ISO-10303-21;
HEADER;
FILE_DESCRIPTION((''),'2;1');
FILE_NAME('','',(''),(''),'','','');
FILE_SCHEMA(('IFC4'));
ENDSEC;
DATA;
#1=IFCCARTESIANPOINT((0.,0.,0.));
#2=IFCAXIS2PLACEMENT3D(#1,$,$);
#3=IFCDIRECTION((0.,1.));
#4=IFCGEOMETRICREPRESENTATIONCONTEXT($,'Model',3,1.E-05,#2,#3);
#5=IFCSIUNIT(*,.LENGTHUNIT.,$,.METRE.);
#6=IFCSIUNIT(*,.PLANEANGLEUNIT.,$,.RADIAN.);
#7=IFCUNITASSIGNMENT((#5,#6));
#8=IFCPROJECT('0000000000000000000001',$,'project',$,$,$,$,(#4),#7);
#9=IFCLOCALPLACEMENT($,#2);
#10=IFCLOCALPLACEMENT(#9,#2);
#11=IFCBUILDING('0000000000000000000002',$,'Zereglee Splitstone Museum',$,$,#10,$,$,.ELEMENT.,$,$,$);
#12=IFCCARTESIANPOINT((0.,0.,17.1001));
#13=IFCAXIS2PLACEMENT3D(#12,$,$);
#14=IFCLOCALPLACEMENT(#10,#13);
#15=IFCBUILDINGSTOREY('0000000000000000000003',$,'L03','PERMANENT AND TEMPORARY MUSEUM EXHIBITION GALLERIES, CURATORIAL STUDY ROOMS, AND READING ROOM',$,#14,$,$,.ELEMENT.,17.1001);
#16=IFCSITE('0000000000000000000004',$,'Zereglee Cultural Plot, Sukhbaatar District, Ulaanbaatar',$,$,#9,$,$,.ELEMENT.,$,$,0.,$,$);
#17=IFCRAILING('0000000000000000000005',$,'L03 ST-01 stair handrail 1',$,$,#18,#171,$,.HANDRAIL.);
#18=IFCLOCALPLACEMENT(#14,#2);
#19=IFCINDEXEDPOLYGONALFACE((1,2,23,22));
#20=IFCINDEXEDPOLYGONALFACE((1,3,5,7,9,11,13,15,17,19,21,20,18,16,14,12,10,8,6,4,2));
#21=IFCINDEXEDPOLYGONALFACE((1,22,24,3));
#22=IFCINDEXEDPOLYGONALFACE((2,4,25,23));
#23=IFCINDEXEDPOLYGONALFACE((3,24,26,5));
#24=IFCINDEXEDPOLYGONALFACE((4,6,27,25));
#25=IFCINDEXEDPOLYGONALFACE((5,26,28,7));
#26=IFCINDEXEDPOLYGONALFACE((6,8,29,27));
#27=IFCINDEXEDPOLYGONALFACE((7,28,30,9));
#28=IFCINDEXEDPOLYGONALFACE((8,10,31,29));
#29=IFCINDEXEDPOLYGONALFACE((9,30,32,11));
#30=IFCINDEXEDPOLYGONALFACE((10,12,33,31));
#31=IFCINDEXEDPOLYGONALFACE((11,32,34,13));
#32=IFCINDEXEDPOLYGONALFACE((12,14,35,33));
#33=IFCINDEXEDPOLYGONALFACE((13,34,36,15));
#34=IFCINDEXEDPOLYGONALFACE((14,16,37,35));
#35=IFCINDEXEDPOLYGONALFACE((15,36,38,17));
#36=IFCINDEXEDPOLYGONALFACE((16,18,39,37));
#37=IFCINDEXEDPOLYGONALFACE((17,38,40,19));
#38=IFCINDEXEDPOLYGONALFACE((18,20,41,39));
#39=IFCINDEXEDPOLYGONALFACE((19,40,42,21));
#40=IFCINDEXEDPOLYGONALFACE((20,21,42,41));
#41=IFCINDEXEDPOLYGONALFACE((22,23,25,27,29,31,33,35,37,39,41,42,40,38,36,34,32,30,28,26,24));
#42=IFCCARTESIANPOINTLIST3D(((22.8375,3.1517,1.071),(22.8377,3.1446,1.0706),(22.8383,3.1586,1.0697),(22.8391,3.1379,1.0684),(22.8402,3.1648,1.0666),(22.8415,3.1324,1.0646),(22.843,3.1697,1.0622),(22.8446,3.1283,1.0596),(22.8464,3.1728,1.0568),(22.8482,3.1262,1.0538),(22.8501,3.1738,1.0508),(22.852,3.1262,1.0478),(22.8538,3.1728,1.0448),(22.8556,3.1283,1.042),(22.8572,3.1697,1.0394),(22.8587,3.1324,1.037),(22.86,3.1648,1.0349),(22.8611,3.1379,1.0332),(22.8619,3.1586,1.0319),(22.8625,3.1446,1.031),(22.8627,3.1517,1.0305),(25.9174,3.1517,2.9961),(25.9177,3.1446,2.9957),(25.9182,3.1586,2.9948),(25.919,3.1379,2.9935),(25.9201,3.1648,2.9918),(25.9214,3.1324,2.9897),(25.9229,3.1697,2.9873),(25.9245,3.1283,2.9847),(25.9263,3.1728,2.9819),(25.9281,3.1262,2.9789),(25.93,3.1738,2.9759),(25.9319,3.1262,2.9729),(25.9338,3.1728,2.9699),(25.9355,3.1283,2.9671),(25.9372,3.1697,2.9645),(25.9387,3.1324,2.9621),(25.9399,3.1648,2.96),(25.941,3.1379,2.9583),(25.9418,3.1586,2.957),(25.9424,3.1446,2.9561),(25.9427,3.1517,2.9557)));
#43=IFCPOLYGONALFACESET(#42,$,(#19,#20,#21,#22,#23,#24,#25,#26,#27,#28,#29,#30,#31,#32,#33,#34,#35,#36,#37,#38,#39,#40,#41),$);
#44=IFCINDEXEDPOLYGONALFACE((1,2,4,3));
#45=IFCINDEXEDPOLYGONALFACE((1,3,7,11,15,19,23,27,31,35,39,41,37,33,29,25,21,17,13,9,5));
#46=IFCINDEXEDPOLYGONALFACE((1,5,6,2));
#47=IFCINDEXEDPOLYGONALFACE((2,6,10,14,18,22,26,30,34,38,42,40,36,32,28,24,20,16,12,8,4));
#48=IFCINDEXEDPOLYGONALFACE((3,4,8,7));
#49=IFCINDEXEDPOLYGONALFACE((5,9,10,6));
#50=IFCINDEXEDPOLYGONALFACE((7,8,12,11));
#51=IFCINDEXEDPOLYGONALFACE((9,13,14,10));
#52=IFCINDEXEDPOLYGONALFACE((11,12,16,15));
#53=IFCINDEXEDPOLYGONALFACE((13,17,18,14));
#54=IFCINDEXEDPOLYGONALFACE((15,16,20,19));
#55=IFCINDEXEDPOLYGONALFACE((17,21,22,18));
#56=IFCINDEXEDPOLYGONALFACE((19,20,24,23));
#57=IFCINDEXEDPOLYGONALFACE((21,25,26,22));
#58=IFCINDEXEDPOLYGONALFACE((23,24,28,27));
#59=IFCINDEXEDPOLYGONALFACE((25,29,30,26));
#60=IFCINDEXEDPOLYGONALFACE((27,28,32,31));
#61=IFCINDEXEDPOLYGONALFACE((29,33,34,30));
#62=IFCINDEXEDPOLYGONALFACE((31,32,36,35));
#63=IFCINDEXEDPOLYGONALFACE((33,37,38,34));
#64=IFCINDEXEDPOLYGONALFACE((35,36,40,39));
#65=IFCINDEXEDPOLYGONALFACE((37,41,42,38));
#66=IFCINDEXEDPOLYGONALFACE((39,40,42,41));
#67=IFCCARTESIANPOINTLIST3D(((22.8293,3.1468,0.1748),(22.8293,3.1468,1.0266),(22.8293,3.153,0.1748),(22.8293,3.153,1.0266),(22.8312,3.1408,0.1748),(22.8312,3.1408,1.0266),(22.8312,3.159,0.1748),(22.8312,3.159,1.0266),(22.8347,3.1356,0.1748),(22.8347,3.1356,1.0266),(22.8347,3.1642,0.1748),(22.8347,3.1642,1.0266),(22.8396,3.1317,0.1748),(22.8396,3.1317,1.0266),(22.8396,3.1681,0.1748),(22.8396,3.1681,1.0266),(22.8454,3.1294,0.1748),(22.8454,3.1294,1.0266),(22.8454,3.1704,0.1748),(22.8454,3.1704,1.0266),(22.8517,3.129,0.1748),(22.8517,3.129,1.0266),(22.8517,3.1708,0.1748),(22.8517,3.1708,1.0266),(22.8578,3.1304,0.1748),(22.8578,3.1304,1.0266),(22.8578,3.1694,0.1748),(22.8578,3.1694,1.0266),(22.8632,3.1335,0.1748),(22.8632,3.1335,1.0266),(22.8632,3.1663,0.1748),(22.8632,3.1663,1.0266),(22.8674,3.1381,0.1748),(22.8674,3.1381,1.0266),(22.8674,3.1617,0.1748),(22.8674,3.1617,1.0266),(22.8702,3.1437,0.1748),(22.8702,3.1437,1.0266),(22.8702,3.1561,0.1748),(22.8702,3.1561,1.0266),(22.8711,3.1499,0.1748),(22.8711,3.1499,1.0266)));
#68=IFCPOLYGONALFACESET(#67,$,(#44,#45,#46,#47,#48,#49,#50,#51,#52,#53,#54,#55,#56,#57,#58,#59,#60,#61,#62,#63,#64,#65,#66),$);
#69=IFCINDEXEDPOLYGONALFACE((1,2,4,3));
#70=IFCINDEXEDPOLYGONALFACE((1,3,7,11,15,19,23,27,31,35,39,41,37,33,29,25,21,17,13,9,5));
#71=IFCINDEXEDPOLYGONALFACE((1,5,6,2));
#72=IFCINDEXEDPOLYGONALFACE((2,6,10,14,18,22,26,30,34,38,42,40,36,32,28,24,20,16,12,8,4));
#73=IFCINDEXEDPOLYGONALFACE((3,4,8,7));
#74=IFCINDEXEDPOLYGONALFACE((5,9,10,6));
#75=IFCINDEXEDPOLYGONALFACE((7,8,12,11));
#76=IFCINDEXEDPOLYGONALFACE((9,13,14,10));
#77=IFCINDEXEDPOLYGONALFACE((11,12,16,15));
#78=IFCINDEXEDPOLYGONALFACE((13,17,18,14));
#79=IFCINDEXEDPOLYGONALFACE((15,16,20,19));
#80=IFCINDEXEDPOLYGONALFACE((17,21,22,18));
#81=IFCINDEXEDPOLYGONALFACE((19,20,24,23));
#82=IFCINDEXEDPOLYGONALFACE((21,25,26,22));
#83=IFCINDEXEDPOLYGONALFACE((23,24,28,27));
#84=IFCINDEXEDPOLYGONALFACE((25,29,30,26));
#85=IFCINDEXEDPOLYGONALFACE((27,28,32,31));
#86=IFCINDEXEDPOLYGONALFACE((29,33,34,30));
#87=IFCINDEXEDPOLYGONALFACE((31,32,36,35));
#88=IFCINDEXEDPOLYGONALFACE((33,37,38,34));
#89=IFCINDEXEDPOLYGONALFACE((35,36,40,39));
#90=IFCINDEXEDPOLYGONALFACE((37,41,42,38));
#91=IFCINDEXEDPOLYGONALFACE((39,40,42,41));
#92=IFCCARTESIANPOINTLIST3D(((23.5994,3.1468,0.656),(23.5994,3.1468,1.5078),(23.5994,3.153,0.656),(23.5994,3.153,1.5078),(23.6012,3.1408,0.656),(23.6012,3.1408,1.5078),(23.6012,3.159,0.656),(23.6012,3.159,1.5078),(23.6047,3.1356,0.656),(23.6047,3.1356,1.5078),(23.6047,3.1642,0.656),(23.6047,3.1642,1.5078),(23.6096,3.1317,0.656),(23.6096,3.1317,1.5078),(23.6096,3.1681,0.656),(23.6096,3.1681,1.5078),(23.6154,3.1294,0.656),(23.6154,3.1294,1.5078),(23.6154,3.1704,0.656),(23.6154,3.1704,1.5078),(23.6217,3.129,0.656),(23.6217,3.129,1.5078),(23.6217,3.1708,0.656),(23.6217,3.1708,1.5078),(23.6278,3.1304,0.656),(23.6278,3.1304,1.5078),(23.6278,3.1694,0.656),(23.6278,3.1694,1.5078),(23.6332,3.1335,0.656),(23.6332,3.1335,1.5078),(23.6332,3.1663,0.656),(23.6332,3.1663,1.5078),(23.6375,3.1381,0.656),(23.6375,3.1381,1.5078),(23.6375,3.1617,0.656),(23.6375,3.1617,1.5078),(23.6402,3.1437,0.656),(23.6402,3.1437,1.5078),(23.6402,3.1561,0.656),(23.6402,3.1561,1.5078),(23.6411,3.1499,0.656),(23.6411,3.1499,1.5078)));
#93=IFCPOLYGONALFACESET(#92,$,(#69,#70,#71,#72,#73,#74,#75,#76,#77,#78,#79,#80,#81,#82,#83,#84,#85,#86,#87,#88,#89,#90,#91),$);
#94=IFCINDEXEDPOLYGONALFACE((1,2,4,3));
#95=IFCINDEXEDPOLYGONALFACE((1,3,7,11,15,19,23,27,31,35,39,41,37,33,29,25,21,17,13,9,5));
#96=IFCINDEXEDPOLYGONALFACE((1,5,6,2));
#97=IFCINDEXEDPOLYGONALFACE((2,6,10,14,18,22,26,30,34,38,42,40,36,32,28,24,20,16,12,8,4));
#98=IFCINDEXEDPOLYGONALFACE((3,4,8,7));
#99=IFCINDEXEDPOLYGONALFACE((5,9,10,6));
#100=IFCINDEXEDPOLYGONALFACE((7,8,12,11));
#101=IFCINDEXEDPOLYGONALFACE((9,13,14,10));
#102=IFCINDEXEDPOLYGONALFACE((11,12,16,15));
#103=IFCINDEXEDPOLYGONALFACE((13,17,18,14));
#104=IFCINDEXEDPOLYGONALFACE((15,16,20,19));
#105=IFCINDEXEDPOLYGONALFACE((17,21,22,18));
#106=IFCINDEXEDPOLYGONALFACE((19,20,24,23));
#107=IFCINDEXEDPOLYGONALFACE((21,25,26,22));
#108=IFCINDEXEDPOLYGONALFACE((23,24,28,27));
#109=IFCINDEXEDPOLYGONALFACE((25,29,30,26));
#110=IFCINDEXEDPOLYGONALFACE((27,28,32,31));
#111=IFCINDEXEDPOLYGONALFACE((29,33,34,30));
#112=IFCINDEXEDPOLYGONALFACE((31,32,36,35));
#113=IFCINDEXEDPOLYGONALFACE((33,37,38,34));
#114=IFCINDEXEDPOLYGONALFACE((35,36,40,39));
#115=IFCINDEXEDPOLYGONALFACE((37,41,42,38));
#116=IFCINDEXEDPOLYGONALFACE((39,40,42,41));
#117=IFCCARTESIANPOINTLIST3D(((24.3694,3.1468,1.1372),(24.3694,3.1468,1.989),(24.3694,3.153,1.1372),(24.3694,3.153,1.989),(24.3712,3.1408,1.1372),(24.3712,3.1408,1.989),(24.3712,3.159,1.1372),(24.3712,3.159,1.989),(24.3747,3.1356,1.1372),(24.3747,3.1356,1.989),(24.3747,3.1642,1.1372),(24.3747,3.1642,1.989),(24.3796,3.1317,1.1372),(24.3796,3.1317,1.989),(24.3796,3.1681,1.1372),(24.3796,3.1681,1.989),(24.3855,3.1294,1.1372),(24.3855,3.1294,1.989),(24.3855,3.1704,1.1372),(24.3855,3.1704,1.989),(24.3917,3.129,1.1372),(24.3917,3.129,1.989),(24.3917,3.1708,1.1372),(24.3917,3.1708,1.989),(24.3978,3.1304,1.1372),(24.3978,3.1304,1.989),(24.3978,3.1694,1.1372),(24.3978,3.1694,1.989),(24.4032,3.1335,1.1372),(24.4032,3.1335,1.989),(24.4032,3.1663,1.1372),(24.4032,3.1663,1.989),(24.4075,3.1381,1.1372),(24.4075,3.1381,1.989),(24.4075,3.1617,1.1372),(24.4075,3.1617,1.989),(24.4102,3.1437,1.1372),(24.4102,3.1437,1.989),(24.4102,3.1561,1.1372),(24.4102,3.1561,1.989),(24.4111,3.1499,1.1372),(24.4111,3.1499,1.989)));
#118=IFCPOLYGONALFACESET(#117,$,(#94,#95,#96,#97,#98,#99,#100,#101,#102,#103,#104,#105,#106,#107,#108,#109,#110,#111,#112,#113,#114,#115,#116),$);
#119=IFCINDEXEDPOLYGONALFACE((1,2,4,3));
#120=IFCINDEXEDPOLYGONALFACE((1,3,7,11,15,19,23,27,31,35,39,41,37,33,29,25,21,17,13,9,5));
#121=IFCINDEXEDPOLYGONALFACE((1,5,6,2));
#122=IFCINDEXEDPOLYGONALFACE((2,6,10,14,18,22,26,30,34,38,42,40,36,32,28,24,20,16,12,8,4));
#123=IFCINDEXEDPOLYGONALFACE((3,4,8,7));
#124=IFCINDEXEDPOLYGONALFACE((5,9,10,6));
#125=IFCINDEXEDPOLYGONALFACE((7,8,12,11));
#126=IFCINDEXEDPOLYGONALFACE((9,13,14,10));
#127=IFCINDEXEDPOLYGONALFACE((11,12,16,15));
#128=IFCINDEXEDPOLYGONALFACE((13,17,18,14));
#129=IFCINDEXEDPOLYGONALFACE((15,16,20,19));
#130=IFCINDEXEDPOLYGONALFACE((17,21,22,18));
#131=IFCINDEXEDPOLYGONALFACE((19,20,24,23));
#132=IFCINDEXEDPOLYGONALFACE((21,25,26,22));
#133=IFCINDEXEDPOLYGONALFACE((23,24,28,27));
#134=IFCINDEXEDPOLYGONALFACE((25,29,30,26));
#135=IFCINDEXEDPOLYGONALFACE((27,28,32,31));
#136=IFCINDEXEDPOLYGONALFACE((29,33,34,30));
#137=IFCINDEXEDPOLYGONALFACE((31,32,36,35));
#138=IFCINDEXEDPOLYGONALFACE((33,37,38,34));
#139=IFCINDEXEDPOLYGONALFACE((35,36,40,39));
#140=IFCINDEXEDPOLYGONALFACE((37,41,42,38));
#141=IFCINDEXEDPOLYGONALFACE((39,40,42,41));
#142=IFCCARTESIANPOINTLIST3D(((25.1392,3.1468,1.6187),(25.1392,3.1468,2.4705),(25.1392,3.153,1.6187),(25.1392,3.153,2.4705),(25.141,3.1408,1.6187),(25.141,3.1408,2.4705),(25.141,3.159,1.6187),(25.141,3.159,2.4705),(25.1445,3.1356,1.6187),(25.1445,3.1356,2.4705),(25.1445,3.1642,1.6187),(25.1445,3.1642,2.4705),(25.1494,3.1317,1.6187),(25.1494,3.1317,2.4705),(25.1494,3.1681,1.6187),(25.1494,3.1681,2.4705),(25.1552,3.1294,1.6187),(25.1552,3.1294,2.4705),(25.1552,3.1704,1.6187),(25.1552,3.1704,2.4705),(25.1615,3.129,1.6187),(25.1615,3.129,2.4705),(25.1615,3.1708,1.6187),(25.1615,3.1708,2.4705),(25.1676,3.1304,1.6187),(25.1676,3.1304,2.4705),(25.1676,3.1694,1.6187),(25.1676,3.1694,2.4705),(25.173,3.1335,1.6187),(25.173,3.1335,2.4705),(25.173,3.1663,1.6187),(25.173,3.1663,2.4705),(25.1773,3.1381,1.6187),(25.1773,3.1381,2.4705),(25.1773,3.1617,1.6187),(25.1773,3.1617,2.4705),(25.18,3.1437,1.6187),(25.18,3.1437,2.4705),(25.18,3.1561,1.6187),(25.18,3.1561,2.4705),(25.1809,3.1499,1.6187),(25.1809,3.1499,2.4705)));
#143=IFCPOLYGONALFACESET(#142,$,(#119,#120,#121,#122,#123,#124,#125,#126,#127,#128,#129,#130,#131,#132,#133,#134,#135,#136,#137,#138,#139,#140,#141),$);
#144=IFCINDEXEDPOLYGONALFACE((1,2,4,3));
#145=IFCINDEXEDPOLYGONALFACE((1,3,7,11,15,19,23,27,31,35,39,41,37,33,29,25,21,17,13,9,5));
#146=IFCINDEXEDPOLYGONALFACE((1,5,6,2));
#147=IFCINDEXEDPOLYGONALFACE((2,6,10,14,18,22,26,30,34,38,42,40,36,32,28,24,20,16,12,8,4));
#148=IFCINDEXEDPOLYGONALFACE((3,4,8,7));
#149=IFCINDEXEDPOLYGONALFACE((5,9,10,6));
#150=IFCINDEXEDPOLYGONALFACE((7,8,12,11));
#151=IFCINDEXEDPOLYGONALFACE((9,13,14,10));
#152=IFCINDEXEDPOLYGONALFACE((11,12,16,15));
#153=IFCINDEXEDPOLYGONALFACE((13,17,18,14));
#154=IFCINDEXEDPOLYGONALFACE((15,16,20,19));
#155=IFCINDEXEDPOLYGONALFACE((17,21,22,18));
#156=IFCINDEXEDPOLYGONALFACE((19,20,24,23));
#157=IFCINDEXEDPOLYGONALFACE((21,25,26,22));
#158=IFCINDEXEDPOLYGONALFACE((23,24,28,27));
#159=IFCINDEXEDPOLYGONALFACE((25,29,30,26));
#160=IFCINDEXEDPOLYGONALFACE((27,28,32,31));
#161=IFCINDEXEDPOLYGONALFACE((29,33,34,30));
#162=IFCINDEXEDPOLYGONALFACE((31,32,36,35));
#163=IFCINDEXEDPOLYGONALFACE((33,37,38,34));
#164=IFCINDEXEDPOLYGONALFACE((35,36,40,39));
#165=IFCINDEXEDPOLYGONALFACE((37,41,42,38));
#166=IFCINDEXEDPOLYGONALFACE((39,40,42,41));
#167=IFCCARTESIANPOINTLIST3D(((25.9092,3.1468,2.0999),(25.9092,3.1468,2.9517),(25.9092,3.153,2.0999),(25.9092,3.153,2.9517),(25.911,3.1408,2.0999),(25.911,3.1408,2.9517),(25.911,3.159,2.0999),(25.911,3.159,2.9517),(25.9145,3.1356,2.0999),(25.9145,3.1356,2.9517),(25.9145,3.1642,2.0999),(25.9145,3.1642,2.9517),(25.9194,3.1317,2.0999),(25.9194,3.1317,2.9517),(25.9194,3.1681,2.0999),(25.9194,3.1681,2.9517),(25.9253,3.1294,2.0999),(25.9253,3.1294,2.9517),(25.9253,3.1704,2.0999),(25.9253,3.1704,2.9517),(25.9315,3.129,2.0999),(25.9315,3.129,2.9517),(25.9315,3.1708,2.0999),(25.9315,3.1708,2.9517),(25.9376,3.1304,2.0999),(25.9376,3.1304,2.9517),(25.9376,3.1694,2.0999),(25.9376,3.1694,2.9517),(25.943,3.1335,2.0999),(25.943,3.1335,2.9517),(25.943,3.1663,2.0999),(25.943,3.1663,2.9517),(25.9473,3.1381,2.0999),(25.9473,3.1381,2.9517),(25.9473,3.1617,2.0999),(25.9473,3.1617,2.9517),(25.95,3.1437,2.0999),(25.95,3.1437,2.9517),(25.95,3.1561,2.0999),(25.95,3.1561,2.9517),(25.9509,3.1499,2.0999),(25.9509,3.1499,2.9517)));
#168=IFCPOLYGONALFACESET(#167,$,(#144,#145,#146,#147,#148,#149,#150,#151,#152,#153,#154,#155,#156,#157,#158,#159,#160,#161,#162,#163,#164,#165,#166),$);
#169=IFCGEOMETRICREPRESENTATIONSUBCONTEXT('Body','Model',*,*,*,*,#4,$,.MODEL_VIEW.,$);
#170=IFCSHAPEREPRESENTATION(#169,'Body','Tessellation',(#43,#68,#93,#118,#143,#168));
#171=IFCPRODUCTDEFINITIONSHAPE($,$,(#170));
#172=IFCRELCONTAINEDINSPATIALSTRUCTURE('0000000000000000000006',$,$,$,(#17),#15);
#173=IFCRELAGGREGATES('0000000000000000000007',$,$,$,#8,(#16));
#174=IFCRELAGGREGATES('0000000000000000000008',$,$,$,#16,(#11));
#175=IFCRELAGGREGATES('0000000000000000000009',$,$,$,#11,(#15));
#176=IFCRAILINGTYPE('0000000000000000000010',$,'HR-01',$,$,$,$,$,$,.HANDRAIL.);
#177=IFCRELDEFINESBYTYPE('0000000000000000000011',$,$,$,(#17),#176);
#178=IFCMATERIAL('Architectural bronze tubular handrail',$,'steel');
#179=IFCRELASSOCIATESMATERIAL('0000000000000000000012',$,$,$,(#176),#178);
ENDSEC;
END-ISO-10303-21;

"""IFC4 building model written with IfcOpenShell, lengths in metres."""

from ifc_helpers import new_model, si_unit, direction, frame, origin, origin_2d, place, context, subcontext, project, spatial, circle, extrude, material, type_object, element, save


model = new_model("IFC4")

# Units and contexts
model_context = context("Model", 3, precision=1e-05, world=origin(), true_north=direction((0.0, 1.0)))
body_context = subcontext(model_context, "Body", "Model", "MODEL_VIEW")
ifc_project = project(units=[si_unit("LENGTHUNIT", "METRE"), si_unit("PLANEANGLEUNIT", "RADIAN")], contexts=[model_context])

# Site, building, storey
site_placement = place(None, origin())
site = spatial("IfcSite", under=ifc_project, at=site_placement, Name="Zereglee Cultural Plot, Sukhbaatar District, Ulaanbaatar", CompositionType="ELEMENT", RefElevation=0.0)
building_placement = place(site_placement, origin())
building = spatial("IfcBuilding", under=site, at=building_placement, Name="Zereglee Splitstone Museum", CompositionType="ELEMENT")
storey_placement = place(building_placement, frame((0.0, 0.0, 17.1001)))
storey = spatial("IfcBuildingStorey", under=building, at=storey_placement, Name="L03", Description="PERMANENT AND TEMPORARY MUSEUM EXHIBITION GALLERIES, CURATORIAL STUDY ROOMS, AND READING ROOM", CompositionType="ELEMENT", Elevation=17.1001)

# Railing
ifc_material_1 = material(Name="Architectural bronze tubular handrail", Category="steel")
railing_type_1 = type_object("IfcRailingType", Name="HR-01", PredefinedType="HANDRAIL", material=ifc_material_1)
railing_1_placement = place(storey_placement, frame((22.8501, 3.1499, 0.1748)))
element("IfcRailing", 1, at=railing_1_placement, inside=storey, type_object=railing_type_1, Name="L03 ST-01 stair handrail 1", PredefinedType="HANDRAIL", context=body_context, shape_type="SweptSolid", body=[
    extrude(circle(Radius=0.0239, at=origin_2d()), frame((0.0, 0.0, 0.876), z_axis=(0.847979, 0.0, 0.530029), x_axis=(0.0, 1.0, 0.0)), (0.0, 0.0, 1.0), 3.6321),
    extrude(circle(Radius=0.021, at=origin_2d()), origin(), (0.0, 0.0, 1.0), 0.8518),
    extrude(circle(Radius=0.021, at=origin_2d()), frame((0.77, 0.0, 0.4812)), (0.0, 0.0, 1.0), 0.8518),
    extrude(circle(Radius=0.021, at=origin_2d()), frame((1.54, 0.0, 0.9624)), (0.0, 0.0, 1.0), 0.8518),
    extrude(circle(Radius=0.021, at=origin_2d()), frame((2.3098, 0.0, 1.4438)), (0.0, 0.0, 1.0), 0.8518),
    extrude(circle(Radius=0.021, at=origin_2d()), frame((3.0798, 0.0, 1.925)), (0.0, 0.0, 1.0), 0.8518),
])

save(model, "model.ifc")
